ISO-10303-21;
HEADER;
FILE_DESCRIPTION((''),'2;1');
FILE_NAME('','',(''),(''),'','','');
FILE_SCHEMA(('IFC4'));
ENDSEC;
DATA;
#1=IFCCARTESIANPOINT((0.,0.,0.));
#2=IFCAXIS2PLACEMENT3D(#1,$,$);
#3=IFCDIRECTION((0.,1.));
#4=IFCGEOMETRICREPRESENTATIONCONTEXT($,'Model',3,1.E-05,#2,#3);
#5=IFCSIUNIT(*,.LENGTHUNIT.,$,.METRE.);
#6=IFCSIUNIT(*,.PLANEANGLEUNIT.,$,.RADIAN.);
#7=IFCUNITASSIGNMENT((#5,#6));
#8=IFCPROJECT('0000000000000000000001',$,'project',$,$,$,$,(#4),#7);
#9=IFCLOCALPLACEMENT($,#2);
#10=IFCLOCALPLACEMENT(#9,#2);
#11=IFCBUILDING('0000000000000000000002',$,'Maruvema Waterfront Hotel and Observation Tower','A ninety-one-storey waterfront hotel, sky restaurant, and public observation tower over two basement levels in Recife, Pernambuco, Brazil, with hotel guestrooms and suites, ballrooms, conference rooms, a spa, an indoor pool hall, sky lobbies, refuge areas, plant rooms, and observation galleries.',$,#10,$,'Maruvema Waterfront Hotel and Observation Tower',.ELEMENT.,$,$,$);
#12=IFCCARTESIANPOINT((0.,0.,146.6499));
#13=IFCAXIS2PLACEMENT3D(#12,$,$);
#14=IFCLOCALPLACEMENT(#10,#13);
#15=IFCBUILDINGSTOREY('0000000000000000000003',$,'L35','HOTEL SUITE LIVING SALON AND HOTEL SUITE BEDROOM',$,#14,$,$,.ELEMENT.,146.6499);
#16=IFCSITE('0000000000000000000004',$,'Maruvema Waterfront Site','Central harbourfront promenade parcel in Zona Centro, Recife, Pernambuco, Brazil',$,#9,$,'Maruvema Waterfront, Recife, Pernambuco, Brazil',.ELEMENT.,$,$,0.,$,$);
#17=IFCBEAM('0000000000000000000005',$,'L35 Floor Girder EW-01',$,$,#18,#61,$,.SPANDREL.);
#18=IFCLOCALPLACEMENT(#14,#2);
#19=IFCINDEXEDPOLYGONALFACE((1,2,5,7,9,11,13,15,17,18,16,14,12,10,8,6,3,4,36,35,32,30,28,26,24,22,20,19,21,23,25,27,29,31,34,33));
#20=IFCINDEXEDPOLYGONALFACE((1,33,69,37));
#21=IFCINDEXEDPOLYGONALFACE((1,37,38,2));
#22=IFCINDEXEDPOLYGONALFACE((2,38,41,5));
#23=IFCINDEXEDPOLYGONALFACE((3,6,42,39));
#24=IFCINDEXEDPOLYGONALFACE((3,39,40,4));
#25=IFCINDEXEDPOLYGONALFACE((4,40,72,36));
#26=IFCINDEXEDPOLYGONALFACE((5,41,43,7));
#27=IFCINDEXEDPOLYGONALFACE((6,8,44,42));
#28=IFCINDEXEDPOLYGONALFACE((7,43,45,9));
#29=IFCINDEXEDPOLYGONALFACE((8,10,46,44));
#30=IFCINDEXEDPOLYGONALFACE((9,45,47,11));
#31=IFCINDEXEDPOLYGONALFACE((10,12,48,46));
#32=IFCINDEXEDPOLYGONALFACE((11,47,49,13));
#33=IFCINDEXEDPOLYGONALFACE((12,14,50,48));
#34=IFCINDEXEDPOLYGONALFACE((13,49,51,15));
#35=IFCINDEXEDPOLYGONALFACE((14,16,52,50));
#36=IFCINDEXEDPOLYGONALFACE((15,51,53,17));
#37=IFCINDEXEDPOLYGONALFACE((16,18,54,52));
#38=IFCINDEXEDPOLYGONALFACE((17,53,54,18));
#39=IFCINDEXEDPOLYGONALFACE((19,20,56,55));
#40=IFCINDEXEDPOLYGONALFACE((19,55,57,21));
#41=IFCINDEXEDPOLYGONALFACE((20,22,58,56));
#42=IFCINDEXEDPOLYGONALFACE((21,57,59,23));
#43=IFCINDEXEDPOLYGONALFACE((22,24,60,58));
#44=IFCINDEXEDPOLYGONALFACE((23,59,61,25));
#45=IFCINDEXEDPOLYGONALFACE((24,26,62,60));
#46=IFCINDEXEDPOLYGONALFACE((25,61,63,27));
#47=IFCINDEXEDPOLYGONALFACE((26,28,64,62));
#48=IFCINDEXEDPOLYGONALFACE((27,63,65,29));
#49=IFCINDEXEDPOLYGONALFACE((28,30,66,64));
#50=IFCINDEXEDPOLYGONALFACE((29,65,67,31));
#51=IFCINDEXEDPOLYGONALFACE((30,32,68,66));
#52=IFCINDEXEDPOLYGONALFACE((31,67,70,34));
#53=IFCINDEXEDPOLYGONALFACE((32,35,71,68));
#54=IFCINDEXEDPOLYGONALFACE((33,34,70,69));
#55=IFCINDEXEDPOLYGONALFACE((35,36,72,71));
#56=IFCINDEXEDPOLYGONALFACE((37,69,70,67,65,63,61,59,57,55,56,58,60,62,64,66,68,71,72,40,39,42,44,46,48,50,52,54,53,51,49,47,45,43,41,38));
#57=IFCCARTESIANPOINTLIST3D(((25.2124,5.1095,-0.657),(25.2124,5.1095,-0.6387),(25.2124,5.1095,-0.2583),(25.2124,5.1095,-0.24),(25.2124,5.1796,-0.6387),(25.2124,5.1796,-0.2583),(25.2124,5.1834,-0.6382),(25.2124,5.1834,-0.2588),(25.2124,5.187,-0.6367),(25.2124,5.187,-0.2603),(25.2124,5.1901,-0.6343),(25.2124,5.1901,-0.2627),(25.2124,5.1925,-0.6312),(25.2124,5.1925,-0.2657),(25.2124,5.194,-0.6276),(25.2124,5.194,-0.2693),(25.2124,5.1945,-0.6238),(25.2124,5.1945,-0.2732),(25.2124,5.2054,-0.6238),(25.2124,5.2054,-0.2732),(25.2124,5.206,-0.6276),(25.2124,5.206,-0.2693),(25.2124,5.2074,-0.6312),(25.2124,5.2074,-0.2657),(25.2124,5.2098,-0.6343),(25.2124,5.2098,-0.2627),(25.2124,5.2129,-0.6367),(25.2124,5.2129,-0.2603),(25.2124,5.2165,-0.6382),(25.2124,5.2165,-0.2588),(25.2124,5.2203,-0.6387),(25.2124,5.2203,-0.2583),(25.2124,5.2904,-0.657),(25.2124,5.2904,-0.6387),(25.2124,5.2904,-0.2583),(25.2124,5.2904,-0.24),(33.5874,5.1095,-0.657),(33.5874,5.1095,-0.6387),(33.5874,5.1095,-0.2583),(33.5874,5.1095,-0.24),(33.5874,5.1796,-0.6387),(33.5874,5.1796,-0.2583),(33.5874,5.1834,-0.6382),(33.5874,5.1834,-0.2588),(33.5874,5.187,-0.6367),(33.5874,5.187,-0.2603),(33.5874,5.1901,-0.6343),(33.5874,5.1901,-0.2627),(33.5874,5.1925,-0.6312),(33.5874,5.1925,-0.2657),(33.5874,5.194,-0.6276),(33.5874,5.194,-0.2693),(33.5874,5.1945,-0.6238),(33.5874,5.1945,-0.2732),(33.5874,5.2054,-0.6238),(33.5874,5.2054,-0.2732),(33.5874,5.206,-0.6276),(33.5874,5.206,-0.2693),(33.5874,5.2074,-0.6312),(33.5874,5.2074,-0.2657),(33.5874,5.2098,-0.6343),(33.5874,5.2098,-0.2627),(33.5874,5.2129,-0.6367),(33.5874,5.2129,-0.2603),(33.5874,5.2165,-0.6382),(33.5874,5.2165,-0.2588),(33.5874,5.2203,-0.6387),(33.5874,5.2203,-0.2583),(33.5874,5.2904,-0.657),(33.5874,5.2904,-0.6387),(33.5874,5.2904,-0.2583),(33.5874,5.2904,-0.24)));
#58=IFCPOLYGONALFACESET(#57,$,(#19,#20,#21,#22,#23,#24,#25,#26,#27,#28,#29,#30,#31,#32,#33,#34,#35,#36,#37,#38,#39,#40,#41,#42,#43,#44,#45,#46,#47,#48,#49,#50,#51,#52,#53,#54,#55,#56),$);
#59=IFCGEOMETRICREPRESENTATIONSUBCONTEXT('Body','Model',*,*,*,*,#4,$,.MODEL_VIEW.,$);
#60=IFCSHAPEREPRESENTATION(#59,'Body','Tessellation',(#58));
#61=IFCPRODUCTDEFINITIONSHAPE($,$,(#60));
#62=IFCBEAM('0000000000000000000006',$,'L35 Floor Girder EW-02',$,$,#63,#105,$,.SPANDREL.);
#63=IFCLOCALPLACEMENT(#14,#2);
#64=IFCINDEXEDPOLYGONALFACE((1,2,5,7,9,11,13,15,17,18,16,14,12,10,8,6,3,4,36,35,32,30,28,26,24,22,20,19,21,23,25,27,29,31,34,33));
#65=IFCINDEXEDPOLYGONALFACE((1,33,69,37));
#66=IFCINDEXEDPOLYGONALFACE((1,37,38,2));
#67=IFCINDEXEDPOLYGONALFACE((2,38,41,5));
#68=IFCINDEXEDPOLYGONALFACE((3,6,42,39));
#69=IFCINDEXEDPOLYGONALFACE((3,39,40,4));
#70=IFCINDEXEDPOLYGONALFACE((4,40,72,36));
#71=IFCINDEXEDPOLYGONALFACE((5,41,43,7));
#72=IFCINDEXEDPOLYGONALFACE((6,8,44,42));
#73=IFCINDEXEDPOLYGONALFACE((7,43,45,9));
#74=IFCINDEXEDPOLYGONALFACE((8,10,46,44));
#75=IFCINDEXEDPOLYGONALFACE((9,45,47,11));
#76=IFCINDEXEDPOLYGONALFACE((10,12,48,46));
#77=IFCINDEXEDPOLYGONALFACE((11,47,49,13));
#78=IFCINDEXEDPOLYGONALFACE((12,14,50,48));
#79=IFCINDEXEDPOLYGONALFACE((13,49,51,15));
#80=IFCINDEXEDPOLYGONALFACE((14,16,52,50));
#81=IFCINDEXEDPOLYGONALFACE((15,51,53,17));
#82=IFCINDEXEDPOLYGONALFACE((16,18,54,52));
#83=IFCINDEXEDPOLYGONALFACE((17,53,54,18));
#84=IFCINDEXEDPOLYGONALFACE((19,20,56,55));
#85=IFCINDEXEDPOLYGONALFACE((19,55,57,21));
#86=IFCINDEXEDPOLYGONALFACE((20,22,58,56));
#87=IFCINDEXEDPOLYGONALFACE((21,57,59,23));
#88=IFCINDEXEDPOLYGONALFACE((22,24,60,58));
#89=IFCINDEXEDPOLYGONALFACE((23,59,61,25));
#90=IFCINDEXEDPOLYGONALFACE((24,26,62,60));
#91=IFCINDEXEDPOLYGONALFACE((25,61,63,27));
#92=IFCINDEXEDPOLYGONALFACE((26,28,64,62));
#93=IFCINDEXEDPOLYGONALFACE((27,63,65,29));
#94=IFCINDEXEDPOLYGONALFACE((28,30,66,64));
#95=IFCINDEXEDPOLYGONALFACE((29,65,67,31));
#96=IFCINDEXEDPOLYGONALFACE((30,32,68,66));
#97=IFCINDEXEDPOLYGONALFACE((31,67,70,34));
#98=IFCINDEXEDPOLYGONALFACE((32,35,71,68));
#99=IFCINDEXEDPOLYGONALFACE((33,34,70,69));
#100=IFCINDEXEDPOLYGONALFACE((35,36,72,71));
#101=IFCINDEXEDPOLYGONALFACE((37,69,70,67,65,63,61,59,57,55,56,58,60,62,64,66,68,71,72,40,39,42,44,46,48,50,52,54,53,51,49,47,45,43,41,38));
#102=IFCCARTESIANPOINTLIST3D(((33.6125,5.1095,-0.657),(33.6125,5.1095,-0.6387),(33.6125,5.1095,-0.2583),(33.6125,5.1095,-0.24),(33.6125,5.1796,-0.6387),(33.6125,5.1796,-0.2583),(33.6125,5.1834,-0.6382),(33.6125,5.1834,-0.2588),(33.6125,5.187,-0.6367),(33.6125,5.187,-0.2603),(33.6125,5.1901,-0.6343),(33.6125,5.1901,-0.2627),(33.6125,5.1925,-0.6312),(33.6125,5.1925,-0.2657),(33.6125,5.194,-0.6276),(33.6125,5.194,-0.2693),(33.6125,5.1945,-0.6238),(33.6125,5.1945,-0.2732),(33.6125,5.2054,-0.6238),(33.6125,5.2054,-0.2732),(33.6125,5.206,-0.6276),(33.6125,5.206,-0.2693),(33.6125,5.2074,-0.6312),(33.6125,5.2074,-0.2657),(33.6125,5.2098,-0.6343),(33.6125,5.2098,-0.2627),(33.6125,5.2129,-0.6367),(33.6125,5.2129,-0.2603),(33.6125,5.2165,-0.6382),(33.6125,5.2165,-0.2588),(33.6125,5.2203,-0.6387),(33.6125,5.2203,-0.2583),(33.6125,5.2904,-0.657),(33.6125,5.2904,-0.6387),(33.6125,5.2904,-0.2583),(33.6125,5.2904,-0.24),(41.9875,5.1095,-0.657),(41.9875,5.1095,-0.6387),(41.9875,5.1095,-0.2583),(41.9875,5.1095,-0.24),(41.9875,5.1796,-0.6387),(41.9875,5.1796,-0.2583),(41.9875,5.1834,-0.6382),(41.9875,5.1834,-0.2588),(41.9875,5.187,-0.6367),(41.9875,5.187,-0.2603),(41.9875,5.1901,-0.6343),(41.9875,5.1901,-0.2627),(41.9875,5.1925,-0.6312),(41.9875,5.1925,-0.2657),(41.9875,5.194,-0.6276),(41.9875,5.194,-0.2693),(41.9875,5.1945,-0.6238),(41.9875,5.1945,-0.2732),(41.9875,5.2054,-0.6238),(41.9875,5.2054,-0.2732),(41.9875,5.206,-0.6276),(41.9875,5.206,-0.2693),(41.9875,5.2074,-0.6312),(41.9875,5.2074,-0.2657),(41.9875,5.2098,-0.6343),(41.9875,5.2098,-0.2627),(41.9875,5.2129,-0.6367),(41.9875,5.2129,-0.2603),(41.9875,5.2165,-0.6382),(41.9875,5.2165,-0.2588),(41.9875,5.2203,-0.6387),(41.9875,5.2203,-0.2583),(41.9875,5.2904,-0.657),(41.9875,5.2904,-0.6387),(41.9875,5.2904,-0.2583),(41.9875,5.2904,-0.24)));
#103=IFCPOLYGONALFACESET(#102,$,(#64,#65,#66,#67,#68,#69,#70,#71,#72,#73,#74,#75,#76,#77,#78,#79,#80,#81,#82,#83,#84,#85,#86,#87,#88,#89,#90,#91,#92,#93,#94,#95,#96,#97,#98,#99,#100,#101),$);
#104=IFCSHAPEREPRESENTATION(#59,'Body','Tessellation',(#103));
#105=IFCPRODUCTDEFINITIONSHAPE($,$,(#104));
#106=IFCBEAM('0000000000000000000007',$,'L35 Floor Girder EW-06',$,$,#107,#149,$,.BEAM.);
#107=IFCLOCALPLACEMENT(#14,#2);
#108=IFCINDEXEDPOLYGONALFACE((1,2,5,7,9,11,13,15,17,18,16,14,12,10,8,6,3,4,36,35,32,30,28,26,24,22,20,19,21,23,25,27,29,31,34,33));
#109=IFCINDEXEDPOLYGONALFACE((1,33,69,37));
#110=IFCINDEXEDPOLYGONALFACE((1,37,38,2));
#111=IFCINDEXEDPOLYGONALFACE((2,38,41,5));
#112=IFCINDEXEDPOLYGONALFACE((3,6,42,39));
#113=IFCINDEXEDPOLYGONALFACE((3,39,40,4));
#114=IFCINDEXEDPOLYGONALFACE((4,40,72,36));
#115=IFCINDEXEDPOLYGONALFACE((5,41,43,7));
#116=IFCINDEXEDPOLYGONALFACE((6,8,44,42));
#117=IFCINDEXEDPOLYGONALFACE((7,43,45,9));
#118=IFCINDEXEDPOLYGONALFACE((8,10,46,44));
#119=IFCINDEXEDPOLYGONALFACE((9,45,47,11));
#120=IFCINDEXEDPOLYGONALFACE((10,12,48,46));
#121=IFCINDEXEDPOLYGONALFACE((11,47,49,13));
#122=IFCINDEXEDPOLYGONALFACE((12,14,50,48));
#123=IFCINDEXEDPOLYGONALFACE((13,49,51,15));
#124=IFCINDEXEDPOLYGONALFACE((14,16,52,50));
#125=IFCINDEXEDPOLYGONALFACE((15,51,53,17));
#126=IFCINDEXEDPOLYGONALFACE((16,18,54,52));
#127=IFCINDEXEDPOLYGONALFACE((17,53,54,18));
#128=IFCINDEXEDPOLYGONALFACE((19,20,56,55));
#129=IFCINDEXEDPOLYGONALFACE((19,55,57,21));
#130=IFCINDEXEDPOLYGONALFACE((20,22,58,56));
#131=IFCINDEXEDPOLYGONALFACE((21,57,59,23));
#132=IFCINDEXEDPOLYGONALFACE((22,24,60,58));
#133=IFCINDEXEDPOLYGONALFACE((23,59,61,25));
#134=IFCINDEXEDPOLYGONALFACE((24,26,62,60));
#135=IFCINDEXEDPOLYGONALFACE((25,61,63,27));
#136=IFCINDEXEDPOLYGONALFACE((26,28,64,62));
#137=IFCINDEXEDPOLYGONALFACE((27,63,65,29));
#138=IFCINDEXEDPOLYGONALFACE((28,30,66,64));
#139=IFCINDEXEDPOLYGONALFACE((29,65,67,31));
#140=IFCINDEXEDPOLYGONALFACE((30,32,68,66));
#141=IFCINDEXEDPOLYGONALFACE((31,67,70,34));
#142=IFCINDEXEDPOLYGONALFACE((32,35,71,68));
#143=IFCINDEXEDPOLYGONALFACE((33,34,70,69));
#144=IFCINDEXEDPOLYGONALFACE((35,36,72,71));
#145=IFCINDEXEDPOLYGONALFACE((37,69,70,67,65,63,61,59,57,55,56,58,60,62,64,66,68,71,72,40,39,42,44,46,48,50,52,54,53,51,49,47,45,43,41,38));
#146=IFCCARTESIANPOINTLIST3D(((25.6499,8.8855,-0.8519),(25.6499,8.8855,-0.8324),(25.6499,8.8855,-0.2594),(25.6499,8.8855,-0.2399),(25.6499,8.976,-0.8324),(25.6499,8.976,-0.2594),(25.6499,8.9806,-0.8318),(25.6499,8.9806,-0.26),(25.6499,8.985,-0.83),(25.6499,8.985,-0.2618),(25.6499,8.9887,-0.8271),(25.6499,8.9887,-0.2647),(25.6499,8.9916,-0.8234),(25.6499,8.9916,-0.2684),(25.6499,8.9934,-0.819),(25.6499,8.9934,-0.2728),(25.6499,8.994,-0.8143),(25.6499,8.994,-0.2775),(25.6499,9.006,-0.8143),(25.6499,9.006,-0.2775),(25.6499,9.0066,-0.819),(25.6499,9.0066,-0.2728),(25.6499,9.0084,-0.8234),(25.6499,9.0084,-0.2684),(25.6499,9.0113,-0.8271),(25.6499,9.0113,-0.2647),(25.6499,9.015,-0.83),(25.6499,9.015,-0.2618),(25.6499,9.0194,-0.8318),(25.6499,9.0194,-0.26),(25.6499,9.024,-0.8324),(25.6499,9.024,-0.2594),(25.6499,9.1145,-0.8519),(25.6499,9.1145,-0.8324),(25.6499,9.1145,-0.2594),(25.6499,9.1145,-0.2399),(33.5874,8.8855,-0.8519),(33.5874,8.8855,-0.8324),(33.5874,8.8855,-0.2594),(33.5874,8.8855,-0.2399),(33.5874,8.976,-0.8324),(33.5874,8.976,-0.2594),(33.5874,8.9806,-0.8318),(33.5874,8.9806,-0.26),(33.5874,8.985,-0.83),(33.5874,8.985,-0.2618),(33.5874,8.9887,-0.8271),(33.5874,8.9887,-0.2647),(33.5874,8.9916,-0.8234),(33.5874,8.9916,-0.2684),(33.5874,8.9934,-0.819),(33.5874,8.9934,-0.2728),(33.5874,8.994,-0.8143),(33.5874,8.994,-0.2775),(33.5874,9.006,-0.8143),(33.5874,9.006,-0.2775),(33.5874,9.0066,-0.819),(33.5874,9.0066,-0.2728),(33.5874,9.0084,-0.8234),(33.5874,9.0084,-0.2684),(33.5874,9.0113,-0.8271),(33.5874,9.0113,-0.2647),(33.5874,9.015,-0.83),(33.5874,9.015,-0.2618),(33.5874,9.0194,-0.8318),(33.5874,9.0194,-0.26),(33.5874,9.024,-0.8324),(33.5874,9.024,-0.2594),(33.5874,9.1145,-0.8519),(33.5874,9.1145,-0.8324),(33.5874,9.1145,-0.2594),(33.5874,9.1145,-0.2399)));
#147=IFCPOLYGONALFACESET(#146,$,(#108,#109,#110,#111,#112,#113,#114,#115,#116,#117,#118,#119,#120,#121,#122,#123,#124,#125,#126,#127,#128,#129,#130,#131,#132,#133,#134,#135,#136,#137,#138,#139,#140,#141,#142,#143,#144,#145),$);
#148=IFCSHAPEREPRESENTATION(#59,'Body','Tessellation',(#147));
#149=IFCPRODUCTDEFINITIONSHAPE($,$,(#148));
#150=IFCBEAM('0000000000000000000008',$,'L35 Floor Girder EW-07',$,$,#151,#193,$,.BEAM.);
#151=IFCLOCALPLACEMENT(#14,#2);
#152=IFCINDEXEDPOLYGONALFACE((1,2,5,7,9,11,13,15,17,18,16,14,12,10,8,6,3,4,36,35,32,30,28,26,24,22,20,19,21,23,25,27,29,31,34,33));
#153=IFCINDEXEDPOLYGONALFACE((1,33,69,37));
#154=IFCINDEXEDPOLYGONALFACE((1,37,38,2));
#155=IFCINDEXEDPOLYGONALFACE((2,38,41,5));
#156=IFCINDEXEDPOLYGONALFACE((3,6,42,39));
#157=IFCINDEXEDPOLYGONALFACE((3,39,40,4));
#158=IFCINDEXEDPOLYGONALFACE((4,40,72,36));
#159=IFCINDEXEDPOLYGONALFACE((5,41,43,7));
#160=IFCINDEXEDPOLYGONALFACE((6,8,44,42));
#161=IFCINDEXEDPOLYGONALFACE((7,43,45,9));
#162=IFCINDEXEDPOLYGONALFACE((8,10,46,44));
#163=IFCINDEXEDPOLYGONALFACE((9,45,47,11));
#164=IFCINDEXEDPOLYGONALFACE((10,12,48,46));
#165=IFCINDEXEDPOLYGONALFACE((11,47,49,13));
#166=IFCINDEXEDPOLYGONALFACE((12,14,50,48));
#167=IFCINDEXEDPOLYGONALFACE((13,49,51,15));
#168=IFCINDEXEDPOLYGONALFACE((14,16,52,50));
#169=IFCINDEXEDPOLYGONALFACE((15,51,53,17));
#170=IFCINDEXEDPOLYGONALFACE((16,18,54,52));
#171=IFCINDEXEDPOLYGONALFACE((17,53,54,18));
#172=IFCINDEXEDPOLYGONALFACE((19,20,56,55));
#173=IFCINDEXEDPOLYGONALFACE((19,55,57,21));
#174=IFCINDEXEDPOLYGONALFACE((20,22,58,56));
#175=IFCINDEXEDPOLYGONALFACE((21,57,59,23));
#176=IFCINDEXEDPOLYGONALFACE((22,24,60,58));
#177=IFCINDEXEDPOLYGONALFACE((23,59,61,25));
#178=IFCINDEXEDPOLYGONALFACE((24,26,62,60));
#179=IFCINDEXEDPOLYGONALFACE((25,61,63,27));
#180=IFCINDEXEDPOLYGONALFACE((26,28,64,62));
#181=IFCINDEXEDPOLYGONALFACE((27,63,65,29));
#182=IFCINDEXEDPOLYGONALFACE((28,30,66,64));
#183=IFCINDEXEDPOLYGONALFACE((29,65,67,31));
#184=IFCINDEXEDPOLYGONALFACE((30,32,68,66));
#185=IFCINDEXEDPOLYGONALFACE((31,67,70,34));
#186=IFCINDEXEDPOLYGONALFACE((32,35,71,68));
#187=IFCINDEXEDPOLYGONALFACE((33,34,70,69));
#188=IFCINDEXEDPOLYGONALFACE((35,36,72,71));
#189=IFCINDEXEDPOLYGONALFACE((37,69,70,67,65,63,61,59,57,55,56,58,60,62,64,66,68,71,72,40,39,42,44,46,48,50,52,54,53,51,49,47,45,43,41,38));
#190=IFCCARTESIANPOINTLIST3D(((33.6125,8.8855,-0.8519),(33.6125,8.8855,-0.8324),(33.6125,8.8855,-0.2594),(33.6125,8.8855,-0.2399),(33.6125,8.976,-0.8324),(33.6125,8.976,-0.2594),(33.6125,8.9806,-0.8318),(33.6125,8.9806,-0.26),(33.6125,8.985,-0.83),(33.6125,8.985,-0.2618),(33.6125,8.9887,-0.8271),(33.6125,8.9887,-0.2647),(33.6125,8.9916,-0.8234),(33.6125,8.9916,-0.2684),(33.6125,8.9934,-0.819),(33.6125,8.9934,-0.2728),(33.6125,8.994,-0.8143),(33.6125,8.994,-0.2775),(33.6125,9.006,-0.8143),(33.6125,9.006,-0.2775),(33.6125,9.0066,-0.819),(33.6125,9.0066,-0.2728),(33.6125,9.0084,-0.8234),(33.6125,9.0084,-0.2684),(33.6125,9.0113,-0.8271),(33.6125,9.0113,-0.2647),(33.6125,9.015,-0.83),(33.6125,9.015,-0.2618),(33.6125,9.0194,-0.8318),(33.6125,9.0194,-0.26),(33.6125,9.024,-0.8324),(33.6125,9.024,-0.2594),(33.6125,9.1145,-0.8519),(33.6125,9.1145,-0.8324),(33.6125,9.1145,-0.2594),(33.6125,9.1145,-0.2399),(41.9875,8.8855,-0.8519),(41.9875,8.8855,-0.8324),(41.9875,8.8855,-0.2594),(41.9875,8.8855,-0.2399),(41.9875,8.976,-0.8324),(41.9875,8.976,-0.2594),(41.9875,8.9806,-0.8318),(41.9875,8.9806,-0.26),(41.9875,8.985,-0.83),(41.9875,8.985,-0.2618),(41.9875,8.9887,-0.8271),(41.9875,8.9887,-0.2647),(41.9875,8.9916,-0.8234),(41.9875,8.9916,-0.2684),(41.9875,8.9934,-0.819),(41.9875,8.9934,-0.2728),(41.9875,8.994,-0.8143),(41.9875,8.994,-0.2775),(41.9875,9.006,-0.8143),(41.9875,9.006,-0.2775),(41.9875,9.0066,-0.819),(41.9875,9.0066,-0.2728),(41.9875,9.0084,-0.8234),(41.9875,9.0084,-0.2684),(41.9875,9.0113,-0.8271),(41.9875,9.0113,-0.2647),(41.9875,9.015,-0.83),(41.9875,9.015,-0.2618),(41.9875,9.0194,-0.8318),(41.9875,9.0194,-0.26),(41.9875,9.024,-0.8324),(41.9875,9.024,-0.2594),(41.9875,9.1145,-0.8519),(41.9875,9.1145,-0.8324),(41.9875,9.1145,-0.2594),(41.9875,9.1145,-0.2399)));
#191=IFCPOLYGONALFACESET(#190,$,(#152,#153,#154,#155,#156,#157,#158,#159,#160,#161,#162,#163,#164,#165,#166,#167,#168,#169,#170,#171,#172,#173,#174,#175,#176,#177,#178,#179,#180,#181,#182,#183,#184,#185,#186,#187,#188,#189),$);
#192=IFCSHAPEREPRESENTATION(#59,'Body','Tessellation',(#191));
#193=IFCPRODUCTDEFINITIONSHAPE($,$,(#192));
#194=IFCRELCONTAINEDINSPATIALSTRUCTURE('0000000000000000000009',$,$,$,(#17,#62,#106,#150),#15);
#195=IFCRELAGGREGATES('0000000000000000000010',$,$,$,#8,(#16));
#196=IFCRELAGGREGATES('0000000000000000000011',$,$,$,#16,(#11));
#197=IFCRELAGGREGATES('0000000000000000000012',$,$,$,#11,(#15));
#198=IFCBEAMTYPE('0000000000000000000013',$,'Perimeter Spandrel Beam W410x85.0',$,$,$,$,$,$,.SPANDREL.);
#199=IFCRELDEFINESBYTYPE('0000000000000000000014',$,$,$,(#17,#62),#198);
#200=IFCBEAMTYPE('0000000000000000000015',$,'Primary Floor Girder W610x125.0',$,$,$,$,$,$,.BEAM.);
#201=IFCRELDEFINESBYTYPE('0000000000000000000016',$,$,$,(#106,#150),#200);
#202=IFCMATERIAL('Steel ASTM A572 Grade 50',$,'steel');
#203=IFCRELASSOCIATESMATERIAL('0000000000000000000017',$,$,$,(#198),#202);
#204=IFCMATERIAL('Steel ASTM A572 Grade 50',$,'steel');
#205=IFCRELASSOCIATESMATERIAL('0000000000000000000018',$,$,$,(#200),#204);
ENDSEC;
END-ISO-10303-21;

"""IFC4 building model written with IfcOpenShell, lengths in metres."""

from ifc_helpers import new_model, si_unit, direction, frame, origin, origin_2d, place, context, subcontext, project, spatial, i_section, extrude, material, material_profile, profile_set, type_object, element, save


model = new_model("IFC4")

# Units and contexts
model_context = context("Model", 3, precision=1e-05, world=origin(), true_north=direction((0.0, 1.0)))
body_context = subcontext(model_context, "Body", "Model", "MODEL_VIEW")
ifc_project = project(units=[si_unit("LENGTHUNIT", "METRE"), si_unit("PLANEANGLEUNIT", "RADIAN")], contexts=[model_context])

# Site, building, storey
site_placement = place(None, origin())
site = spatial("IfcSite", under=ifc_project, at=site_placement, Name="Maruvema Waterfront Site", Description="Central harbourfront promenade parcel in Zona Centro, Recife, Pernambuco, Brazil", LongName="Maruvema Waterfront, Recife, Pernambuco, Brazil", CompositionType="ELEMENT", RefElevation=0.0)
building_placement = place(site_placement, origin())
building = spatial("IfcBuilding", under=site, at=building_placement, Name="Maruvema Waterfront Hotel and Observation Tower", Description="A ninety-one-storey waterfront hotel, sky restaurant, and public observation tower over two basement levels in Recife, Pernambuco, Brazil, with hotel guestrooms and suites, ballrooms, conference rooms, a spa, an indoor pool hall, sky lobbies, refuge areas, plant rooms, and observation galleries.", LongName="Maruvema Waterfront Hotel and Observation Tower", CompositionType="ELEMENT")
storey_placement = place(building_placement, frame((0.0, 0.0, 146.6499)))
storey = spatial("IfcBuildingStorey", under=building, at=storey_placement, Name="L35", Description="HOTEL SUITE LIVING SALON AND HOTEL SUITE BEDROOM", CompositionType="ELEMENT", Elevation=146.6499)

# Beams
ifc_material_1 = material(Name="Steel ASTM A572 Grade 50", Category="steel")
ifc_material_profile_1 = material_profile(ifc_material_1, i_section(OverallWidth=0.1809, OverallDepth=0.417, WebThickness=0.011, FlangeThickness=0.0183, FilletRadius=0.0149, at=origin_2d()), Name="W410x85.0")
ifc_profile_set_1 = profile_set([ifc_material_profile_1], Name="Steel ASTM A572 Grade 50")
beam_type_1 = type_object("IfcBeamType", Name="Perimeter Spandrel Beam W410x85.0", PredefinedType="SPANDREL", material=ifc_profile_set_1)
for number, where, z_axis, x_axis, name in (
    (1, (25.2124, 5.2, -0.4485), (1.0, 0.0, 0.0), (0.0, 1.0, 0.0), "L35 Floor Girder EW-01"),
    (2, (33.6125, 5.2, -0.4485), (1.0, 0.0, 0.0), (0.0, 1.0, 0.0), "L35 Floor Girder EW-02"),
):
    element("IfcBeam", number, at=place(storey_placement, frame(where, z_axis=z_axis, x_axis=x_axis)), inside=storey, type_object=beam_type_1, Name=name, PredefinedType="SPANDREL", context=body_context, shape_type="SweptSolid", body=[
        extrude(i_section(OverallWidth=0.1809, OverallDepth=0.417, WebThickness=0.011, FlangeThickness=0.0183, FilletRadius=0.0149, at=origin_2d()), origin(), (0.0, 0.0, 1.0), 8.375),
    ])
ifc_material_2 = material(Name="Steel ASTM A572 Grade 50", Category="steel")
ifc_material_profile_2 = material_profile(ifc_material_2, i_section(OverallWidth=0.229, OverallDepth=0.6121, WebThickness=0.012, FlangeThickness=0.0195, FilletRadius=0.0181, at=origin_2d()), Name="W610x125.0")
ifc_profile_set_2 = profile_set([ifc_material_profile_2], Name="Steel ASTM A572 Grade 50")
beam_type_2 = type_object("IfcBeamType", Name="Primary Floor Girder W610x125.0", PredefinedType="BEAM", material=ifc_profile_set_2)
beam_1_placement = place(storey_placement, frame((25.6499, 9.0, -0.5459), z_axis=(1.0, 0.0, 0.0), x_axis=(0.0, 1.0, 0.0)))
element("IfcBeam", 3, at=beam_1_placement, inside=storey, type_object=beam_type_2, Name="L35 Floor Girder EW-06", PredefinedType="BEAM", context=body_context, shape_type="SweptSolid", body=[
    extrude(i_section(OverallWidth=0.229, OverallDepth=0.6121, WebThickness=0.012, FlangeThickness=0.0195, FilletRadius=0.0181, at=origin_2d()), origin(), (0.0, 0.0, 1.0), 7.9375),
])
beam_2_placement = place(storey_placement, frame((33.6125, 9.0, -0.5459), z_axis=(1.0, 0.0, 0.0), x_axis=(0.0, 1.0, 0.0)))
element("IfcBeam", 4, at=beam_2_placement, inside=storey, type_object=beam_type_2, Name="L35 Floor Girder EW-07", PredefinedType="BEAM", context=body_context, shape_type="SweptSolid", body=[
    extrude(i_section(OverallWidth=0.229, OverallDepth=0.6121, WebThickness=0.012, FlangeThickness=0.0195, FilletRadius=0.0181, at=origin_2d()), origin(), (0.0, 0.0, 1.0), 8.375),
])

save(model, "model.ifc")
